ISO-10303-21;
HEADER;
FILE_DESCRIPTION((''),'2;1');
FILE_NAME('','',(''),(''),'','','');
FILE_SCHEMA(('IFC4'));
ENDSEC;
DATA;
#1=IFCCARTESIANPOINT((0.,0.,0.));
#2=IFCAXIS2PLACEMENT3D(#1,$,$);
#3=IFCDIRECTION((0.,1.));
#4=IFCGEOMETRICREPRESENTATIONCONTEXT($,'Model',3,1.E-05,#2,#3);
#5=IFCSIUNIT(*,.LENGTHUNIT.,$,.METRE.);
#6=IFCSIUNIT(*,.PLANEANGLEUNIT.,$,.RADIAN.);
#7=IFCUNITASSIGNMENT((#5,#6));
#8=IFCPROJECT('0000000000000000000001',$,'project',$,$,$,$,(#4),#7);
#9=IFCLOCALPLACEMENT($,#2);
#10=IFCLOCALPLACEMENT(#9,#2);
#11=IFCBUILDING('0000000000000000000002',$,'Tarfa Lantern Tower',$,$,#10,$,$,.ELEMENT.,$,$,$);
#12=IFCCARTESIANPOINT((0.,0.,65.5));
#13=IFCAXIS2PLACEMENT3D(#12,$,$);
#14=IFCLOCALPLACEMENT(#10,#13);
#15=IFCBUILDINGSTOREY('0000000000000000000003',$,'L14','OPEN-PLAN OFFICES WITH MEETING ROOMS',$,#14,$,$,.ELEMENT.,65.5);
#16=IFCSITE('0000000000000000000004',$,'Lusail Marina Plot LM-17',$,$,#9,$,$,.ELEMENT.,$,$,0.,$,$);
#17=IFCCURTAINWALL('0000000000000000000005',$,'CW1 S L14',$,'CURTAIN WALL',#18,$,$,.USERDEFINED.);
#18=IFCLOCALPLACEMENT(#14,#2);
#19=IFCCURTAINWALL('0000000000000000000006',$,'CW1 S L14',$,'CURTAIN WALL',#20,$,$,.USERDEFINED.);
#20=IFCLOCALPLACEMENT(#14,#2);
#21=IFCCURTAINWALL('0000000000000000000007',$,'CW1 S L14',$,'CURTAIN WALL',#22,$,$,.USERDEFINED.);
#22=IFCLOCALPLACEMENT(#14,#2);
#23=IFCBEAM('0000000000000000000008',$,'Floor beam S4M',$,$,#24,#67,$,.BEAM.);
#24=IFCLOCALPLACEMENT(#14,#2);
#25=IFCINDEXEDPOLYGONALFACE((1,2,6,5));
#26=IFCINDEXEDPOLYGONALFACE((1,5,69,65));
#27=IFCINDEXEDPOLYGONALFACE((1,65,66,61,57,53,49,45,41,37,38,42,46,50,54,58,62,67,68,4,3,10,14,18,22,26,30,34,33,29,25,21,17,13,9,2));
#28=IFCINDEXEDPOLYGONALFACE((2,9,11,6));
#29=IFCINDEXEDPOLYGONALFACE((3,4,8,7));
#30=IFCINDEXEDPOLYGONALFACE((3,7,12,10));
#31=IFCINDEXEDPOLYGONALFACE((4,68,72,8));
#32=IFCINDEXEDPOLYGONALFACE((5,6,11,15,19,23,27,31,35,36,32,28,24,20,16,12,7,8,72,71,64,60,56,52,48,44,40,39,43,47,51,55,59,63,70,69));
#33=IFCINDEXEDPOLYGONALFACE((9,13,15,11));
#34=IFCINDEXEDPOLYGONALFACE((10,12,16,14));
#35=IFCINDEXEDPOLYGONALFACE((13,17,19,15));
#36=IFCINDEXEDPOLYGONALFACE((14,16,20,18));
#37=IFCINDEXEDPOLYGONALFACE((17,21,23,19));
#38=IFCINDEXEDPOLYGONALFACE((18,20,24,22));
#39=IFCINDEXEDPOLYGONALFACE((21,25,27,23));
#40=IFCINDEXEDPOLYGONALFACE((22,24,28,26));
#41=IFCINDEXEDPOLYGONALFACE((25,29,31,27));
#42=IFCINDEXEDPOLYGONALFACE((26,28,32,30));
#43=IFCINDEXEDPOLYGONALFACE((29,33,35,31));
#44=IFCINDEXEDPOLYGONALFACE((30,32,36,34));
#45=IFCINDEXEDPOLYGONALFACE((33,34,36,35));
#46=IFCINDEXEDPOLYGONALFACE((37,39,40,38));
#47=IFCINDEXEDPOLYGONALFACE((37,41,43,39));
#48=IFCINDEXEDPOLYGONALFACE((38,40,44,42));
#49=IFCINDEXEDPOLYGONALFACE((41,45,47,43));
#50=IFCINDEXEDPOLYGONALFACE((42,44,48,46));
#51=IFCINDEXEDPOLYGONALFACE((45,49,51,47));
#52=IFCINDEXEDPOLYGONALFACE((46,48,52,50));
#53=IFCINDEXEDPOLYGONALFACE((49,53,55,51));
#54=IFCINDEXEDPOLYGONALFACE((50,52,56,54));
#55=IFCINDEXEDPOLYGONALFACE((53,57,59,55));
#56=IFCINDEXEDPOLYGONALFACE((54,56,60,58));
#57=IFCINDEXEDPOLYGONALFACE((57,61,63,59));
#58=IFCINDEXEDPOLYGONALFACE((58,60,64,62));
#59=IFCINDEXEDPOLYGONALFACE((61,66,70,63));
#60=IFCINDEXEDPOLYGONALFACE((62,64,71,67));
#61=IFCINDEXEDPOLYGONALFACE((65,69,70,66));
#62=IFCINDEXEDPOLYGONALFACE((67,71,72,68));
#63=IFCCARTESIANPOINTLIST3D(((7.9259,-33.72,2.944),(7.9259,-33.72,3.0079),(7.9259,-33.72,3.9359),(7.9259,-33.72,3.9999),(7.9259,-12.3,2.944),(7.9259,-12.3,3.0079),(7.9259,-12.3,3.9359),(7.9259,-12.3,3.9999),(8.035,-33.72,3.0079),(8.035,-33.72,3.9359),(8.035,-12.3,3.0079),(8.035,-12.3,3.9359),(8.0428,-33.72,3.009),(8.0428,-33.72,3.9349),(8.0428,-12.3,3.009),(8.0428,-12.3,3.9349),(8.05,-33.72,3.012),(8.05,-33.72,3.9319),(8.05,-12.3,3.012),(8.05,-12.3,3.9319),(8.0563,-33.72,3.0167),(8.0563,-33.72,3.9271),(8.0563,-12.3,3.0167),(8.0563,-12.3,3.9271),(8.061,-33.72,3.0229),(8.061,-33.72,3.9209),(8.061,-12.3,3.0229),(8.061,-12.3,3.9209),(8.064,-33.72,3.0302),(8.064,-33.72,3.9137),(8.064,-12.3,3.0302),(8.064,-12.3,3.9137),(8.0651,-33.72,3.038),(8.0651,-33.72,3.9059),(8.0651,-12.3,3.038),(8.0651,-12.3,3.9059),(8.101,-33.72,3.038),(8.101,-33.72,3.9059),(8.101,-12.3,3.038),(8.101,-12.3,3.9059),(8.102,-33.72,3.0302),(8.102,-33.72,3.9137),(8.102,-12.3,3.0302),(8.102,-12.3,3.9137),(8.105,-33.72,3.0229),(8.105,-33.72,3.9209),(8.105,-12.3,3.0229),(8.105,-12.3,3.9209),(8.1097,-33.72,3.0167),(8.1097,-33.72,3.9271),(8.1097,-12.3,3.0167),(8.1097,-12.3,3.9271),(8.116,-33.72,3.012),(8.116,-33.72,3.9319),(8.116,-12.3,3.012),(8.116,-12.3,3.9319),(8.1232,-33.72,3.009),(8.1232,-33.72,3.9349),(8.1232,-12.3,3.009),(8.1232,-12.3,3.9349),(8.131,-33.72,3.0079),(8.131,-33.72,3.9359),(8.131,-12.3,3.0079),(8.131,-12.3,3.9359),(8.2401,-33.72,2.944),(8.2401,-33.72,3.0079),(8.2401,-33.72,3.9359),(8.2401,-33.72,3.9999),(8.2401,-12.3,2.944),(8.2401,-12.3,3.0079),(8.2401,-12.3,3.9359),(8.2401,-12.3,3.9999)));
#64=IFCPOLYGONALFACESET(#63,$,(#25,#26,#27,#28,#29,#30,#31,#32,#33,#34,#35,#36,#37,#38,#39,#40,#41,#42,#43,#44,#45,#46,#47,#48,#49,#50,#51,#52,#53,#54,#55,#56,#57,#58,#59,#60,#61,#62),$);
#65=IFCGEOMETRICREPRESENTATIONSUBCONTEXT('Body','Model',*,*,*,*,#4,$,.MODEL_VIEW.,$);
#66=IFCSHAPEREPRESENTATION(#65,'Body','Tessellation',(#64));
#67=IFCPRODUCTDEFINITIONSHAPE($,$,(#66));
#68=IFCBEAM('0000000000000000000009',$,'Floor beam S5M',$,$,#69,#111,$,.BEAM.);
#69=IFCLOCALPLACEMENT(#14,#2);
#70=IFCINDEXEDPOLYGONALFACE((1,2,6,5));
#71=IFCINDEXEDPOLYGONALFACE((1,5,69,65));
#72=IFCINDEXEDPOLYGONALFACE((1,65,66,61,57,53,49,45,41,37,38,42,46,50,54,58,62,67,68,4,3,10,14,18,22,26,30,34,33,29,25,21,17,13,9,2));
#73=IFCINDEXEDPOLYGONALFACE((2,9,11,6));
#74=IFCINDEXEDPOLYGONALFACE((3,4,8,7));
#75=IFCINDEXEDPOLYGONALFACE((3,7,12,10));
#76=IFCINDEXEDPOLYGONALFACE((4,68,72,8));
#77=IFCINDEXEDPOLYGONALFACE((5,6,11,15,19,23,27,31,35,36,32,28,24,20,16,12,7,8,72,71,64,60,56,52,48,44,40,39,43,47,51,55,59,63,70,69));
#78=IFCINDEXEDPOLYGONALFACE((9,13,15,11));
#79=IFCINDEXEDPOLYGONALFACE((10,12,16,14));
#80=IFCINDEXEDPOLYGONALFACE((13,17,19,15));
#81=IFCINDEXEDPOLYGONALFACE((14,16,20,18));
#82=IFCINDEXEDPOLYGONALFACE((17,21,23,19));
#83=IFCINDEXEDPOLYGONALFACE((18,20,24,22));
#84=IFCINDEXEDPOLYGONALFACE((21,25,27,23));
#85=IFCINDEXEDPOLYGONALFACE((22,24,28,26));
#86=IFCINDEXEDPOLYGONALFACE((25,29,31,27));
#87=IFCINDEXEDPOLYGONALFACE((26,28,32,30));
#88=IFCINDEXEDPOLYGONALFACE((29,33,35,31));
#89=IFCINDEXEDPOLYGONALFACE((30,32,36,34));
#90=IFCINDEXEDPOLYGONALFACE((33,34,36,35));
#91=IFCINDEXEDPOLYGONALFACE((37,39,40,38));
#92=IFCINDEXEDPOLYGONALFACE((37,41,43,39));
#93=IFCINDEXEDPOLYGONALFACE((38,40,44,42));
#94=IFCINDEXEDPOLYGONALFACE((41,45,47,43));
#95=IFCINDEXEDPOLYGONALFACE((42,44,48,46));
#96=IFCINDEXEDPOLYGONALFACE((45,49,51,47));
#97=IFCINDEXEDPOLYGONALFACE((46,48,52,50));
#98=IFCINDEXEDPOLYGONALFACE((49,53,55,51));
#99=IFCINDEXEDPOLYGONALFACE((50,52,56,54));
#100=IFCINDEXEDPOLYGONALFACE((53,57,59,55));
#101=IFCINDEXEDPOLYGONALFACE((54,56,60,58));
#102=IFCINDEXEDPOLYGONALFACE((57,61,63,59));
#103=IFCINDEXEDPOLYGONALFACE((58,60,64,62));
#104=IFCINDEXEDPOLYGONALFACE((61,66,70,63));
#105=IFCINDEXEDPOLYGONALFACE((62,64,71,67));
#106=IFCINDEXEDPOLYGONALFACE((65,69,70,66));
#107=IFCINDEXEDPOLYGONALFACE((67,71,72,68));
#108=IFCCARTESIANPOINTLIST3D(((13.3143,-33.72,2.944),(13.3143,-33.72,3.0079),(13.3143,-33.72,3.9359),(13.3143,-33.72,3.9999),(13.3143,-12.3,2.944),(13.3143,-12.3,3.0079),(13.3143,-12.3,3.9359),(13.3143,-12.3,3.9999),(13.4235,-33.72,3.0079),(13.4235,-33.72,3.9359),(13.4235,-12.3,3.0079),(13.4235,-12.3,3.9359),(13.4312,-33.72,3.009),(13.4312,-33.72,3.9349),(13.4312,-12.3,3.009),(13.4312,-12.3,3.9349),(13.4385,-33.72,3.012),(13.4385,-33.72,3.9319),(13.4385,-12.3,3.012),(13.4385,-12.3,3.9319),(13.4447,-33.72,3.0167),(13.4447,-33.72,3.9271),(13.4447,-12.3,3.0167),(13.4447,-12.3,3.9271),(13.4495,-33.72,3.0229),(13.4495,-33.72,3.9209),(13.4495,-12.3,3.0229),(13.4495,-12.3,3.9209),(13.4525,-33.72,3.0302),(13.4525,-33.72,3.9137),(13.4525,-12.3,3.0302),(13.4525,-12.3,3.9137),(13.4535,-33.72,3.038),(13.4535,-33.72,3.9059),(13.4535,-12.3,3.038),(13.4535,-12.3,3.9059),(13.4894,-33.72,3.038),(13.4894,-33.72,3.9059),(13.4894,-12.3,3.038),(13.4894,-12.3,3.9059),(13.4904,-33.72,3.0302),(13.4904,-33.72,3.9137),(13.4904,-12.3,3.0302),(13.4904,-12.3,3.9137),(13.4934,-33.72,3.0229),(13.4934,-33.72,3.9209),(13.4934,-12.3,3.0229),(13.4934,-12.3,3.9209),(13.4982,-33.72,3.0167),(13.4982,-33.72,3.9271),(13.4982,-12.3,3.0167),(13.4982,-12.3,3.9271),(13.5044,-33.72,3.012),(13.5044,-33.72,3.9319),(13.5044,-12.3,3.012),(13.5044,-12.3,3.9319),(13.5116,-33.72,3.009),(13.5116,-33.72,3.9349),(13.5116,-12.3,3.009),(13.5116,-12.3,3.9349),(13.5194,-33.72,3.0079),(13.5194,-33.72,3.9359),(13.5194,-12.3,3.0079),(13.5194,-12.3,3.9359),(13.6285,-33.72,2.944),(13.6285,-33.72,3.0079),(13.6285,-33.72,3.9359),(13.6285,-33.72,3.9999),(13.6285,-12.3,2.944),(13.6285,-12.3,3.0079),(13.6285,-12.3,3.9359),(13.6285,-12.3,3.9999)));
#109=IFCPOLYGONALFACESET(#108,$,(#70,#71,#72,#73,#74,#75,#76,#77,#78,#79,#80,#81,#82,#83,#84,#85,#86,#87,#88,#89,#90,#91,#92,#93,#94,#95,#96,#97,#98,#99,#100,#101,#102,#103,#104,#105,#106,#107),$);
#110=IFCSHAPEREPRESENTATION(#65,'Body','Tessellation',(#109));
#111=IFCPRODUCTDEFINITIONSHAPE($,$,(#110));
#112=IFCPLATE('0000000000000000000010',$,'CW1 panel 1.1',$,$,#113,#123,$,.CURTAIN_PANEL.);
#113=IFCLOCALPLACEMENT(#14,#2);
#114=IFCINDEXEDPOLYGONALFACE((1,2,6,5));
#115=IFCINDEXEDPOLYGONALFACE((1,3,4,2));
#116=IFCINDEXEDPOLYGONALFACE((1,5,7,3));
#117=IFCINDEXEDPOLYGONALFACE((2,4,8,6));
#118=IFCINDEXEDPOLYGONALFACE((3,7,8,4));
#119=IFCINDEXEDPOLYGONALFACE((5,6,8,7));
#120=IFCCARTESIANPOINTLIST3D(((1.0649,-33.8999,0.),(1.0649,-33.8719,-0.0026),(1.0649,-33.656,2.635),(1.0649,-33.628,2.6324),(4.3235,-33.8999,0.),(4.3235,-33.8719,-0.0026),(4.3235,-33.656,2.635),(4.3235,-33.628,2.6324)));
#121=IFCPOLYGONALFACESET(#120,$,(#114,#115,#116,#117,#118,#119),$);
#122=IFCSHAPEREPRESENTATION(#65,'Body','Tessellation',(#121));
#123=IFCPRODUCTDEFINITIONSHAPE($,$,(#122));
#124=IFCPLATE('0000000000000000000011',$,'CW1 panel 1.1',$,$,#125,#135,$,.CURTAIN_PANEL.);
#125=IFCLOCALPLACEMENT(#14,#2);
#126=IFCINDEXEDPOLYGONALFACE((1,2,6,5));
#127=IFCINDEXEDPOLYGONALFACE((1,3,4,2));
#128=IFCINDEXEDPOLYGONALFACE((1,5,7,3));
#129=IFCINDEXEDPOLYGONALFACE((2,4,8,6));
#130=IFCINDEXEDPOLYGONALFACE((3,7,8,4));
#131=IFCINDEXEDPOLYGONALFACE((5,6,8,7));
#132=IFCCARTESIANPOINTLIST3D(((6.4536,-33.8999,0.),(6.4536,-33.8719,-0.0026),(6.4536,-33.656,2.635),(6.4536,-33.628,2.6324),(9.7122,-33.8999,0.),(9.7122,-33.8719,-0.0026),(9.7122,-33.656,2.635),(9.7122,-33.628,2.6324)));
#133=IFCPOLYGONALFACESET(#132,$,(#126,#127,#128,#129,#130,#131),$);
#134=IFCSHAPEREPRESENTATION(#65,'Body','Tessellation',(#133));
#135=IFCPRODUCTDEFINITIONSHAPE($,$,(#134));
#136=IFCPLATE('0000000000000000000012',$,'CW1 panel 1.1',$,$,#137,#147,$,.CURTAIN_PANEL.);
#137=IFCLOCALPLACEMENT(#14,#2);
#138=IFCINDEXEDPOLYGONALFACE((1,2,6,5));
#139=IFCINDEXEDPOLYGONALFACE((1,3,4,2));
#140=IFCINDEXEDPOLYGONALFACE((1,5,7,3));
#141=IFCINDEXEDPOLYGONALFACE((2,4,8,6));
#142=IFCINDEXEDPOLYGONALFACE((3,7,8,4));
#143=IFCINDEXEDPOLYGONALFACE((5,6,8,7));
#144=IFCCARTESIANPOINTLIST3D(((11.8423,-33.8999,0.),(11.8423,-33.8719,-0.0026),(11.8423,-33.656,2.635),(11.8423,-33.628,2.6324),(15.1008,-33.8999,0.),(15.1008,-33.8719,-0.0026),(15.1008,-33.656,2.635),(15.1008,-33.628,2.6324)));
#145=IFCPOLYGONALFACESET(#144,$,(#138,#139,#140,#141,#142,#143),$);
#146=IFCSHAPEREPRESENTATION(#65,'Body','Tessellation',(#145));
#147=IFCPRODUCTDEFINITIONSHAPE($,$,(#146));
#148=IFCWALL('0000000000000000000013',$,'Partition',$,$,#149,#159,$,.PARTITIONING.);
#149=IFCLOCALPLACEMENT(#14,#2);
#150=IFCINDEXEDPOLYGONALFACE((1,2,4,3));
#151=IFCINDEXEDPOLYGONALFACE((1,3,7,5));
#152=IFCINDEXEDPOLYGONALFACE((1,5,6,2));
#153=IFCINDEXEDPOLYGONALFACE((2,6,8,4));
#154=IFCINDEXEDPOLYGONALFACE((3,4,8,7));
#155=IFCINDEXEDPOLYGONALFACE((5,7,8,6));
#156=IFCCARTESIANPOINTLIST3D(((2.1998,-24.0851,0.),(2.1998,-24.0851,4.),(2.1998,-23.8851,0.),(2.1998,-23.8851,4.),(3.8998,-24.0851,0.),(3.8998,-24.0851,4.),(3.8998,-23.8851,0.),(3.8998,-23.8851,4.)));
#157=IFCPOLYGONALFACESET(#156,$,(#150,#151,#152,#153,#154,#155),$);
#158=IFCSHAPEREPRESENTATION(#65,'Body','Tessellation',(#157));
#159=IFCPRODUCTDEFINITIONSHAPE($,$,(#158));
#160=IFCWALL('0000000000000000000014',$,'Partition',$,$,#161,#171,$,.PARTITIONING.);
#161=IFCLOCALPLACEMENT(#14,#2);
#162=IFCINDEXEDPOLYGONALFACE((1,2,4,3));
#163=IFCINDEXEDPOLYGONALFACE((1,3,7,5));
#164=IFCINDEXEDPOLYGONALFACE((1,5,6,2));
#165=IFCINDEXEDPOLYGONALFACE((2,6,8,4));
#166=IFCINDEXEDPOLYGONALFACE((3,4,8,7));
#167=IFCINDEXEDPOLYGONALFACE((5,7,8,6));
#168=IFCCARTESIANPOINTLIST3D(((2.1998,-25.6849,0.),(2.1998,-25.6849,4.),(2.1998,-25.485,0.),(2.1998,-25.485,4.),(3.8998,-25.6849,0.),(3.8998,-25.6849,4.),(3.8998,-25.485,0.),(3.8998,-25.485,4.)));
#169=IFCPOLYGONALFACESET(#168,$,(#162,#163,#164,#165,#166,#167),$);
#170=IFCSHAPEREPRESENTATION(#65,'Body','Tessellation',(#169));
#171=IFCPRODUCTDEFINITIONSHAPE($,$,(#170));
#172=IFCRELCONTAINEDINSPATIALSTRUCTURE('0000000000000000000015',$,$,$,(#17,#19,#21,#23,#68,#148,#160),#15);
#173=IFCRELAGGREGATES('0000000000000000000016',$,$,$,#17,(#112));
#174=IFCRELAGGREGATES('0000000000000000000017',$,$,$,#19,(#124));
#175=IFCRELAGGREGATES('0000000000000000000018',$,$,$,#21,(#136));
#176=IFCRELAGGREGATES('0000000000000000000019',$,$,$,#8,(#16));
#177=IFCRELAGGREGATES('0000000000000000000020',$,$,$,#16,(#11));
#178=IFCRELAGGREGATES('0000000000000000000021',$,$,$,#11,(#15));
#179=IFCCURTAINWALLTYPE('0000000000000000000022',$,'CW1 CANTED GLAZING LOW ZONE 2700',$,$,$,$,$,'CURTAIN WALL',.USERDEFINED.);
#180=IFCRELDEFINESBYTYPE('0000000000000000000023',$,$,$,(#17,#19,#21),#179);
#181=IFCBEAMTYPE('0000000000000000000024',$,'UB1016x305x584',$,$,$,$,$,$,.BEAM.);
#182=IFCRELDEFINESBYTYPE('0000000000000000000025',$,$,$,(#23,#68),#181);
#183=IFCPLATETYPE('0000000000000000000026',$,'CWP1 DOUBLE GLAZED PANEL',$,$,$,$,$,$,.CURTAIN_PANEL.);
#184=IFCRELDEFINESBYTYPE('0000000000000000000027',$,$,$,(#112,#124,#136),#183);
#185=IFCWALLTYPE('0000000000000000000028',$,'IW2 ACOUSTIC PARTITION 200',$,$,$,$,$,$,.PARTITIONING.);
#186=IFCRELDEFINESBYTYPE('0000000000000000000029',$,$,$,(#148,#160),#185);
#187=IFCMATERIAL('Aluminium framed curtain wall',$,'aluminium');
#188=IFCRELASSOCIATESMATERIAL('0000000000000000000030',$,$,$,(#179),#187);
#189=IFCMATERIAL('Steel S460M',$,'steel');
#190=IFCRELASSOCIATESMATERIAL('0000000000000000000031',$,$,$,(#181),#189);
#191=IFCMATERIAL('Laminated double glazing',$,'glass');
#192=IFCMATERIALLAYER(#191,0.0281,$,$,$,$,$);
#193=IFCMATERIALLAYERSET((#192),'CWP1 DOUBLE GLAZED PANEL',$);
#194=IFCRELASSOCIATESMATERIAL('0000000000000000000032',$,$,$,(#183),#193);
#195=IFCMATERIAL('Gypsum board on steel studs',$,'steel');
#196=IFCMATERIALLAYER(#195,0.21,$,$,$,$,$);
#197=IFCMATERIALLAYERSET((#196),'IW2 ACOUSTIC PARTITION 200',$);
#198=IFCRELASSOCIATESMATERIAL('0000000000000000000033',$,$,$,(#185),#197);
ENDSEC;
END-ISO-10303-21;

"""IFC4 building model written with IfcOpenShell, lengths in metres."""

from ifc_helpers import new_model, si_unit, direction, frame, frame_2d, origin, origin_2d, place, context, subcontext, project, spatial, polyline, rectangle, i_section, outline, extrude, material, layer, layer_set, material_profile, profile_set, type_object, element, aggregate, save


model = new_model("IFC4")

# Units and contexts
model_context = context("Model", 3, precision=1e-05, world=origin(), true_north=direction((0.0, 1.0)))
body_context = subcontext(model_context, "Body", "Model", "MODEL_VIEW")
ifc_project = project(units=[si_unit("LENGTHUNIT", "METRE"), si_unit("PLANEANGLEUNIT", "RADIAN")], contexts=[model_context])

# Site, building, storey
site_placement = place(None, origin())
site = spatial("IfcSite", under=ifc_project, at=site_placement, Name="Lusail Marina Plot LM-17", CompositionType="ELEMENT", RefElevation=0.0)
building_placement = place(site_placement, origin())
building = spatial("IfcBuilding", under=site, at=building_placement, Name="Tarfa Lantern Tower", CompositionType="ELEMENT")
storey_placement = place(building_placement, frame((0.0, 0.0, 65.5)))
storey = spatial("IfcBuildingStorey", under=building, at=storey_placement, Name="L14", Description="OPEN-PLAN OFFICES WITH MEETING ROOMS", CompositionType="ELEMENT", Elevation=65.5)

# Curtain walls
ifc_material_1 = material(Name="Aluminium framed curtain wall", Category="aluminium")
curtain_wall_type = type_object("IfcCurtainWallType", Name="CW1 CANTED GLAZING LOW ZONE 2700", ElementType="CURTAIN WALL", PredefinedType="USERDEFINED", material=ifc_material_1)
curtain_wall_1_placement = place(storey_placement, origin())
curtain_wall_1 = element("IfcCurtainWall", 1, at=curtain_wall_1_placement, inside=storey, type_object=curtain_wall_type, Name="CW1 S L14", ObjectType="CURTAIN WALL", PredefinedType="USERDEFINED")
curtain_wall_2_placement = place(storey_placement, origin())
curtain_wall_2 = element("IfcCurtainWall", 2, at=curtain_wall_2_placement, inside=storey, type_object=curtain_wall_type, Name="CW1 S L14", ObjectType="CURTAIN WALL", PredefinedType="USERDEFINED")

# Curtain wall
curtain_wall_3_placement = place(storey_placement, origin())
curtain_wall_3 = element("IfcCurtainWall", 3, at=curtain_wall_3_placement, inside=storey, type_object=curtain_wall_type, Name="CW1 S L14", ObjectType="CURTAIN WALL", PredefinedType="USERDEFINED")

# Beams
ifc_material_2 = material(Name="Steel S460M", Category="steel")
ifc_material_profile_1 = material_profile(ifc_material_2, i_section(OverallWidth=0.3142, OverallDepth=1.0559, WebThickness=0.0359, FlangeThickness=0.064, FilletRadius=0.03, at=origin_2d()), Name="UB1016x305x584")
ifc_profile_set_1 = profile_set([ifc_material_profile_1], Name="Steel S460M")
beam_type_1 = type_object("IfcBeamType", Name="UB1016x305x584", PredefinedType="BEAM", material=ifc_profile_set_1)
for number, where, z_axis, x_axis, name in (
    (4, (8.083, -33.72, 3.4719), (0.0, 1.0, 0.0), (-1.0, 0.0, 0.0), "Floor beam S4M"),
    (5, (13.4714, -33.72, 3.4719), (0.0, 1.0, 0.0), (-1.0, 0.0, 0.0), "Floor beam S5M"),
):
    element("IfcBeam", number, at=place(storey_placement, frame(where, z_axis=z_axis, x_axis=x_axis)), inside=storey, type_object=beam_type_1, Name=name, PredefinedType="BEAM", context=body_context, shape_type="SweptSolid", body=[
        extrude(i_section(OverallWidth=0.3142, OverallDepth=1.0559, WebThickness=0.0359, FlangeThickness=0.064, FilletRadius=0.03, at=origin_2d()), origin(), (0.0, 0.0, 1.0), 21.4199),
    ])

# Plates
ifc_material_3 = material(Name="Laminated double glazing", Category="glass")
ifc_layer_1 = layer(ifc_material_3, 0.0281)
ifc_layer_set_1 = layer_set([ifc_layer_1], Name="CWP1 DOUBLE GLAZED PANEL")
plate_type = type_object("IfcPlateType", Name="CWP1 DOUBLE GLAZED PANEL", PredefinedType="CURTAIN_PANEL", material=ifc_layer_set_1)
plate_1_placement = place(storey_placement, frame((1.0649, -33.8999, 0.0), z_axis=(0.0, -0.995744, 0.092166), x_axis=(1.0, 0.0, 0.0)))
plate_1 = element("IfcPlate", 6, at=plate_1_placement, type_object=plate_type, Name="CW1 panel 1.1", PredefinedType="CURTAIN_PANEL", context=body_context, shape_type="SweptSolid", body=[
    extrude(outline(polyline([(0.0, 0.0), (3.2585, 0.0), (3.2585, 2.6463), (0.0, 2.6463), (0.0, 0.0)])), origin(), (0.0, 0.0, -1.0), 0.0281),
])
aggregate(curtain_wall_1, [plate_1])
plate_2_placement = place(storey_placement, frame((6.4536, -33.8999, 0.0), z_axis=(0.0, -0.995744, 0.092166), x_axis=(1.0, 0.0, 0.0)))
plate_2 = element("IfcPlate", 7, at=plate_2_placement, type_object=plate_type, Name="CW1 panel 1.1", PredefinedType="CURTAIN_PANEL", context=body_context, shape_type="SweptSolid", body=[
    extrude(outline(polyline([(0.0, 0.0), (3.2585, 0.0), (3.2585, 2.6463), (0.0, 2.6463), (0.0, 0.0)])), origin(), (0.0, 0.0, -1.0), 0.0281),
])
aggregate(curtain_wall_2, [plate_2])
plate_3_placement = place(storey_placement, frame((11.8423, -33.8999, 0.0), z_axis=(0.0, -0.995744, 0.092166), x_axis=(1.0, 0.0, 0.0)))
plate_3 = element("IfcPlate", 8, at=plate_3_placement, type_object=plate_type, Name="CW1 panel 1.1", PredefinedType="CURTAIN_PANEL", context=body_context, shape_type="SweptSolid", body=[
    extrude(outline(polyline([(0.0, 0.0), (3.2585, 0.0), (3.2585, 2.6463), (0.0, 2.6463), (0.0, 0.0)])), origin(), (0.0, 0.0, -1.0), 0.0281),
])
aggregate(curtain_wall_3, [plate_3])

# Walls
ifc_material_4 = material(Name="Gypsum board on steel studs", Category="steel")
ifc_layer_2 = layer(ifc_material_4, 0.21)
ifc_layer_set_2 = layer_set([ifc_layer_2], Name="IW2 ACOUSTIC PARTITION 200")
wall_type = type_object("IfcWallType", Name="IW2 ACOUSTIC PARTITION 200", PredefinedType="PARTITIONING", material=ifc_layer_set_2)
for number, where, z_axis, x_axis, name in (
    (9, (3.8999, -23.9851, 0.0), (0.0, 0.0, 1.0), (-1.0, 0.0, 0.0), "Partition"),
    (10, (3.8999, -25.585, 0.0), (0.0, 0.0, 1.0), (-1.0, 0.0, 0.0), "Partition"),
):
    element("IfcWall", number, at=place(storey_placement, frame(where, z_axis=z_axis, x_axis=x_axis)), inside=storey, type_object=wall_type, Name=name, PredefinedType="PARTITIONING", context=body_context, shape_type="SweptSolid", body=[
        extrude(rectangle(XDim=1.7, YDim=0.2, at=frame_2d((0.8501, 0.0))), origin(), (0.0, 0.0, 1.0), 4.0),
    ])

save(model, "model.ifc")
